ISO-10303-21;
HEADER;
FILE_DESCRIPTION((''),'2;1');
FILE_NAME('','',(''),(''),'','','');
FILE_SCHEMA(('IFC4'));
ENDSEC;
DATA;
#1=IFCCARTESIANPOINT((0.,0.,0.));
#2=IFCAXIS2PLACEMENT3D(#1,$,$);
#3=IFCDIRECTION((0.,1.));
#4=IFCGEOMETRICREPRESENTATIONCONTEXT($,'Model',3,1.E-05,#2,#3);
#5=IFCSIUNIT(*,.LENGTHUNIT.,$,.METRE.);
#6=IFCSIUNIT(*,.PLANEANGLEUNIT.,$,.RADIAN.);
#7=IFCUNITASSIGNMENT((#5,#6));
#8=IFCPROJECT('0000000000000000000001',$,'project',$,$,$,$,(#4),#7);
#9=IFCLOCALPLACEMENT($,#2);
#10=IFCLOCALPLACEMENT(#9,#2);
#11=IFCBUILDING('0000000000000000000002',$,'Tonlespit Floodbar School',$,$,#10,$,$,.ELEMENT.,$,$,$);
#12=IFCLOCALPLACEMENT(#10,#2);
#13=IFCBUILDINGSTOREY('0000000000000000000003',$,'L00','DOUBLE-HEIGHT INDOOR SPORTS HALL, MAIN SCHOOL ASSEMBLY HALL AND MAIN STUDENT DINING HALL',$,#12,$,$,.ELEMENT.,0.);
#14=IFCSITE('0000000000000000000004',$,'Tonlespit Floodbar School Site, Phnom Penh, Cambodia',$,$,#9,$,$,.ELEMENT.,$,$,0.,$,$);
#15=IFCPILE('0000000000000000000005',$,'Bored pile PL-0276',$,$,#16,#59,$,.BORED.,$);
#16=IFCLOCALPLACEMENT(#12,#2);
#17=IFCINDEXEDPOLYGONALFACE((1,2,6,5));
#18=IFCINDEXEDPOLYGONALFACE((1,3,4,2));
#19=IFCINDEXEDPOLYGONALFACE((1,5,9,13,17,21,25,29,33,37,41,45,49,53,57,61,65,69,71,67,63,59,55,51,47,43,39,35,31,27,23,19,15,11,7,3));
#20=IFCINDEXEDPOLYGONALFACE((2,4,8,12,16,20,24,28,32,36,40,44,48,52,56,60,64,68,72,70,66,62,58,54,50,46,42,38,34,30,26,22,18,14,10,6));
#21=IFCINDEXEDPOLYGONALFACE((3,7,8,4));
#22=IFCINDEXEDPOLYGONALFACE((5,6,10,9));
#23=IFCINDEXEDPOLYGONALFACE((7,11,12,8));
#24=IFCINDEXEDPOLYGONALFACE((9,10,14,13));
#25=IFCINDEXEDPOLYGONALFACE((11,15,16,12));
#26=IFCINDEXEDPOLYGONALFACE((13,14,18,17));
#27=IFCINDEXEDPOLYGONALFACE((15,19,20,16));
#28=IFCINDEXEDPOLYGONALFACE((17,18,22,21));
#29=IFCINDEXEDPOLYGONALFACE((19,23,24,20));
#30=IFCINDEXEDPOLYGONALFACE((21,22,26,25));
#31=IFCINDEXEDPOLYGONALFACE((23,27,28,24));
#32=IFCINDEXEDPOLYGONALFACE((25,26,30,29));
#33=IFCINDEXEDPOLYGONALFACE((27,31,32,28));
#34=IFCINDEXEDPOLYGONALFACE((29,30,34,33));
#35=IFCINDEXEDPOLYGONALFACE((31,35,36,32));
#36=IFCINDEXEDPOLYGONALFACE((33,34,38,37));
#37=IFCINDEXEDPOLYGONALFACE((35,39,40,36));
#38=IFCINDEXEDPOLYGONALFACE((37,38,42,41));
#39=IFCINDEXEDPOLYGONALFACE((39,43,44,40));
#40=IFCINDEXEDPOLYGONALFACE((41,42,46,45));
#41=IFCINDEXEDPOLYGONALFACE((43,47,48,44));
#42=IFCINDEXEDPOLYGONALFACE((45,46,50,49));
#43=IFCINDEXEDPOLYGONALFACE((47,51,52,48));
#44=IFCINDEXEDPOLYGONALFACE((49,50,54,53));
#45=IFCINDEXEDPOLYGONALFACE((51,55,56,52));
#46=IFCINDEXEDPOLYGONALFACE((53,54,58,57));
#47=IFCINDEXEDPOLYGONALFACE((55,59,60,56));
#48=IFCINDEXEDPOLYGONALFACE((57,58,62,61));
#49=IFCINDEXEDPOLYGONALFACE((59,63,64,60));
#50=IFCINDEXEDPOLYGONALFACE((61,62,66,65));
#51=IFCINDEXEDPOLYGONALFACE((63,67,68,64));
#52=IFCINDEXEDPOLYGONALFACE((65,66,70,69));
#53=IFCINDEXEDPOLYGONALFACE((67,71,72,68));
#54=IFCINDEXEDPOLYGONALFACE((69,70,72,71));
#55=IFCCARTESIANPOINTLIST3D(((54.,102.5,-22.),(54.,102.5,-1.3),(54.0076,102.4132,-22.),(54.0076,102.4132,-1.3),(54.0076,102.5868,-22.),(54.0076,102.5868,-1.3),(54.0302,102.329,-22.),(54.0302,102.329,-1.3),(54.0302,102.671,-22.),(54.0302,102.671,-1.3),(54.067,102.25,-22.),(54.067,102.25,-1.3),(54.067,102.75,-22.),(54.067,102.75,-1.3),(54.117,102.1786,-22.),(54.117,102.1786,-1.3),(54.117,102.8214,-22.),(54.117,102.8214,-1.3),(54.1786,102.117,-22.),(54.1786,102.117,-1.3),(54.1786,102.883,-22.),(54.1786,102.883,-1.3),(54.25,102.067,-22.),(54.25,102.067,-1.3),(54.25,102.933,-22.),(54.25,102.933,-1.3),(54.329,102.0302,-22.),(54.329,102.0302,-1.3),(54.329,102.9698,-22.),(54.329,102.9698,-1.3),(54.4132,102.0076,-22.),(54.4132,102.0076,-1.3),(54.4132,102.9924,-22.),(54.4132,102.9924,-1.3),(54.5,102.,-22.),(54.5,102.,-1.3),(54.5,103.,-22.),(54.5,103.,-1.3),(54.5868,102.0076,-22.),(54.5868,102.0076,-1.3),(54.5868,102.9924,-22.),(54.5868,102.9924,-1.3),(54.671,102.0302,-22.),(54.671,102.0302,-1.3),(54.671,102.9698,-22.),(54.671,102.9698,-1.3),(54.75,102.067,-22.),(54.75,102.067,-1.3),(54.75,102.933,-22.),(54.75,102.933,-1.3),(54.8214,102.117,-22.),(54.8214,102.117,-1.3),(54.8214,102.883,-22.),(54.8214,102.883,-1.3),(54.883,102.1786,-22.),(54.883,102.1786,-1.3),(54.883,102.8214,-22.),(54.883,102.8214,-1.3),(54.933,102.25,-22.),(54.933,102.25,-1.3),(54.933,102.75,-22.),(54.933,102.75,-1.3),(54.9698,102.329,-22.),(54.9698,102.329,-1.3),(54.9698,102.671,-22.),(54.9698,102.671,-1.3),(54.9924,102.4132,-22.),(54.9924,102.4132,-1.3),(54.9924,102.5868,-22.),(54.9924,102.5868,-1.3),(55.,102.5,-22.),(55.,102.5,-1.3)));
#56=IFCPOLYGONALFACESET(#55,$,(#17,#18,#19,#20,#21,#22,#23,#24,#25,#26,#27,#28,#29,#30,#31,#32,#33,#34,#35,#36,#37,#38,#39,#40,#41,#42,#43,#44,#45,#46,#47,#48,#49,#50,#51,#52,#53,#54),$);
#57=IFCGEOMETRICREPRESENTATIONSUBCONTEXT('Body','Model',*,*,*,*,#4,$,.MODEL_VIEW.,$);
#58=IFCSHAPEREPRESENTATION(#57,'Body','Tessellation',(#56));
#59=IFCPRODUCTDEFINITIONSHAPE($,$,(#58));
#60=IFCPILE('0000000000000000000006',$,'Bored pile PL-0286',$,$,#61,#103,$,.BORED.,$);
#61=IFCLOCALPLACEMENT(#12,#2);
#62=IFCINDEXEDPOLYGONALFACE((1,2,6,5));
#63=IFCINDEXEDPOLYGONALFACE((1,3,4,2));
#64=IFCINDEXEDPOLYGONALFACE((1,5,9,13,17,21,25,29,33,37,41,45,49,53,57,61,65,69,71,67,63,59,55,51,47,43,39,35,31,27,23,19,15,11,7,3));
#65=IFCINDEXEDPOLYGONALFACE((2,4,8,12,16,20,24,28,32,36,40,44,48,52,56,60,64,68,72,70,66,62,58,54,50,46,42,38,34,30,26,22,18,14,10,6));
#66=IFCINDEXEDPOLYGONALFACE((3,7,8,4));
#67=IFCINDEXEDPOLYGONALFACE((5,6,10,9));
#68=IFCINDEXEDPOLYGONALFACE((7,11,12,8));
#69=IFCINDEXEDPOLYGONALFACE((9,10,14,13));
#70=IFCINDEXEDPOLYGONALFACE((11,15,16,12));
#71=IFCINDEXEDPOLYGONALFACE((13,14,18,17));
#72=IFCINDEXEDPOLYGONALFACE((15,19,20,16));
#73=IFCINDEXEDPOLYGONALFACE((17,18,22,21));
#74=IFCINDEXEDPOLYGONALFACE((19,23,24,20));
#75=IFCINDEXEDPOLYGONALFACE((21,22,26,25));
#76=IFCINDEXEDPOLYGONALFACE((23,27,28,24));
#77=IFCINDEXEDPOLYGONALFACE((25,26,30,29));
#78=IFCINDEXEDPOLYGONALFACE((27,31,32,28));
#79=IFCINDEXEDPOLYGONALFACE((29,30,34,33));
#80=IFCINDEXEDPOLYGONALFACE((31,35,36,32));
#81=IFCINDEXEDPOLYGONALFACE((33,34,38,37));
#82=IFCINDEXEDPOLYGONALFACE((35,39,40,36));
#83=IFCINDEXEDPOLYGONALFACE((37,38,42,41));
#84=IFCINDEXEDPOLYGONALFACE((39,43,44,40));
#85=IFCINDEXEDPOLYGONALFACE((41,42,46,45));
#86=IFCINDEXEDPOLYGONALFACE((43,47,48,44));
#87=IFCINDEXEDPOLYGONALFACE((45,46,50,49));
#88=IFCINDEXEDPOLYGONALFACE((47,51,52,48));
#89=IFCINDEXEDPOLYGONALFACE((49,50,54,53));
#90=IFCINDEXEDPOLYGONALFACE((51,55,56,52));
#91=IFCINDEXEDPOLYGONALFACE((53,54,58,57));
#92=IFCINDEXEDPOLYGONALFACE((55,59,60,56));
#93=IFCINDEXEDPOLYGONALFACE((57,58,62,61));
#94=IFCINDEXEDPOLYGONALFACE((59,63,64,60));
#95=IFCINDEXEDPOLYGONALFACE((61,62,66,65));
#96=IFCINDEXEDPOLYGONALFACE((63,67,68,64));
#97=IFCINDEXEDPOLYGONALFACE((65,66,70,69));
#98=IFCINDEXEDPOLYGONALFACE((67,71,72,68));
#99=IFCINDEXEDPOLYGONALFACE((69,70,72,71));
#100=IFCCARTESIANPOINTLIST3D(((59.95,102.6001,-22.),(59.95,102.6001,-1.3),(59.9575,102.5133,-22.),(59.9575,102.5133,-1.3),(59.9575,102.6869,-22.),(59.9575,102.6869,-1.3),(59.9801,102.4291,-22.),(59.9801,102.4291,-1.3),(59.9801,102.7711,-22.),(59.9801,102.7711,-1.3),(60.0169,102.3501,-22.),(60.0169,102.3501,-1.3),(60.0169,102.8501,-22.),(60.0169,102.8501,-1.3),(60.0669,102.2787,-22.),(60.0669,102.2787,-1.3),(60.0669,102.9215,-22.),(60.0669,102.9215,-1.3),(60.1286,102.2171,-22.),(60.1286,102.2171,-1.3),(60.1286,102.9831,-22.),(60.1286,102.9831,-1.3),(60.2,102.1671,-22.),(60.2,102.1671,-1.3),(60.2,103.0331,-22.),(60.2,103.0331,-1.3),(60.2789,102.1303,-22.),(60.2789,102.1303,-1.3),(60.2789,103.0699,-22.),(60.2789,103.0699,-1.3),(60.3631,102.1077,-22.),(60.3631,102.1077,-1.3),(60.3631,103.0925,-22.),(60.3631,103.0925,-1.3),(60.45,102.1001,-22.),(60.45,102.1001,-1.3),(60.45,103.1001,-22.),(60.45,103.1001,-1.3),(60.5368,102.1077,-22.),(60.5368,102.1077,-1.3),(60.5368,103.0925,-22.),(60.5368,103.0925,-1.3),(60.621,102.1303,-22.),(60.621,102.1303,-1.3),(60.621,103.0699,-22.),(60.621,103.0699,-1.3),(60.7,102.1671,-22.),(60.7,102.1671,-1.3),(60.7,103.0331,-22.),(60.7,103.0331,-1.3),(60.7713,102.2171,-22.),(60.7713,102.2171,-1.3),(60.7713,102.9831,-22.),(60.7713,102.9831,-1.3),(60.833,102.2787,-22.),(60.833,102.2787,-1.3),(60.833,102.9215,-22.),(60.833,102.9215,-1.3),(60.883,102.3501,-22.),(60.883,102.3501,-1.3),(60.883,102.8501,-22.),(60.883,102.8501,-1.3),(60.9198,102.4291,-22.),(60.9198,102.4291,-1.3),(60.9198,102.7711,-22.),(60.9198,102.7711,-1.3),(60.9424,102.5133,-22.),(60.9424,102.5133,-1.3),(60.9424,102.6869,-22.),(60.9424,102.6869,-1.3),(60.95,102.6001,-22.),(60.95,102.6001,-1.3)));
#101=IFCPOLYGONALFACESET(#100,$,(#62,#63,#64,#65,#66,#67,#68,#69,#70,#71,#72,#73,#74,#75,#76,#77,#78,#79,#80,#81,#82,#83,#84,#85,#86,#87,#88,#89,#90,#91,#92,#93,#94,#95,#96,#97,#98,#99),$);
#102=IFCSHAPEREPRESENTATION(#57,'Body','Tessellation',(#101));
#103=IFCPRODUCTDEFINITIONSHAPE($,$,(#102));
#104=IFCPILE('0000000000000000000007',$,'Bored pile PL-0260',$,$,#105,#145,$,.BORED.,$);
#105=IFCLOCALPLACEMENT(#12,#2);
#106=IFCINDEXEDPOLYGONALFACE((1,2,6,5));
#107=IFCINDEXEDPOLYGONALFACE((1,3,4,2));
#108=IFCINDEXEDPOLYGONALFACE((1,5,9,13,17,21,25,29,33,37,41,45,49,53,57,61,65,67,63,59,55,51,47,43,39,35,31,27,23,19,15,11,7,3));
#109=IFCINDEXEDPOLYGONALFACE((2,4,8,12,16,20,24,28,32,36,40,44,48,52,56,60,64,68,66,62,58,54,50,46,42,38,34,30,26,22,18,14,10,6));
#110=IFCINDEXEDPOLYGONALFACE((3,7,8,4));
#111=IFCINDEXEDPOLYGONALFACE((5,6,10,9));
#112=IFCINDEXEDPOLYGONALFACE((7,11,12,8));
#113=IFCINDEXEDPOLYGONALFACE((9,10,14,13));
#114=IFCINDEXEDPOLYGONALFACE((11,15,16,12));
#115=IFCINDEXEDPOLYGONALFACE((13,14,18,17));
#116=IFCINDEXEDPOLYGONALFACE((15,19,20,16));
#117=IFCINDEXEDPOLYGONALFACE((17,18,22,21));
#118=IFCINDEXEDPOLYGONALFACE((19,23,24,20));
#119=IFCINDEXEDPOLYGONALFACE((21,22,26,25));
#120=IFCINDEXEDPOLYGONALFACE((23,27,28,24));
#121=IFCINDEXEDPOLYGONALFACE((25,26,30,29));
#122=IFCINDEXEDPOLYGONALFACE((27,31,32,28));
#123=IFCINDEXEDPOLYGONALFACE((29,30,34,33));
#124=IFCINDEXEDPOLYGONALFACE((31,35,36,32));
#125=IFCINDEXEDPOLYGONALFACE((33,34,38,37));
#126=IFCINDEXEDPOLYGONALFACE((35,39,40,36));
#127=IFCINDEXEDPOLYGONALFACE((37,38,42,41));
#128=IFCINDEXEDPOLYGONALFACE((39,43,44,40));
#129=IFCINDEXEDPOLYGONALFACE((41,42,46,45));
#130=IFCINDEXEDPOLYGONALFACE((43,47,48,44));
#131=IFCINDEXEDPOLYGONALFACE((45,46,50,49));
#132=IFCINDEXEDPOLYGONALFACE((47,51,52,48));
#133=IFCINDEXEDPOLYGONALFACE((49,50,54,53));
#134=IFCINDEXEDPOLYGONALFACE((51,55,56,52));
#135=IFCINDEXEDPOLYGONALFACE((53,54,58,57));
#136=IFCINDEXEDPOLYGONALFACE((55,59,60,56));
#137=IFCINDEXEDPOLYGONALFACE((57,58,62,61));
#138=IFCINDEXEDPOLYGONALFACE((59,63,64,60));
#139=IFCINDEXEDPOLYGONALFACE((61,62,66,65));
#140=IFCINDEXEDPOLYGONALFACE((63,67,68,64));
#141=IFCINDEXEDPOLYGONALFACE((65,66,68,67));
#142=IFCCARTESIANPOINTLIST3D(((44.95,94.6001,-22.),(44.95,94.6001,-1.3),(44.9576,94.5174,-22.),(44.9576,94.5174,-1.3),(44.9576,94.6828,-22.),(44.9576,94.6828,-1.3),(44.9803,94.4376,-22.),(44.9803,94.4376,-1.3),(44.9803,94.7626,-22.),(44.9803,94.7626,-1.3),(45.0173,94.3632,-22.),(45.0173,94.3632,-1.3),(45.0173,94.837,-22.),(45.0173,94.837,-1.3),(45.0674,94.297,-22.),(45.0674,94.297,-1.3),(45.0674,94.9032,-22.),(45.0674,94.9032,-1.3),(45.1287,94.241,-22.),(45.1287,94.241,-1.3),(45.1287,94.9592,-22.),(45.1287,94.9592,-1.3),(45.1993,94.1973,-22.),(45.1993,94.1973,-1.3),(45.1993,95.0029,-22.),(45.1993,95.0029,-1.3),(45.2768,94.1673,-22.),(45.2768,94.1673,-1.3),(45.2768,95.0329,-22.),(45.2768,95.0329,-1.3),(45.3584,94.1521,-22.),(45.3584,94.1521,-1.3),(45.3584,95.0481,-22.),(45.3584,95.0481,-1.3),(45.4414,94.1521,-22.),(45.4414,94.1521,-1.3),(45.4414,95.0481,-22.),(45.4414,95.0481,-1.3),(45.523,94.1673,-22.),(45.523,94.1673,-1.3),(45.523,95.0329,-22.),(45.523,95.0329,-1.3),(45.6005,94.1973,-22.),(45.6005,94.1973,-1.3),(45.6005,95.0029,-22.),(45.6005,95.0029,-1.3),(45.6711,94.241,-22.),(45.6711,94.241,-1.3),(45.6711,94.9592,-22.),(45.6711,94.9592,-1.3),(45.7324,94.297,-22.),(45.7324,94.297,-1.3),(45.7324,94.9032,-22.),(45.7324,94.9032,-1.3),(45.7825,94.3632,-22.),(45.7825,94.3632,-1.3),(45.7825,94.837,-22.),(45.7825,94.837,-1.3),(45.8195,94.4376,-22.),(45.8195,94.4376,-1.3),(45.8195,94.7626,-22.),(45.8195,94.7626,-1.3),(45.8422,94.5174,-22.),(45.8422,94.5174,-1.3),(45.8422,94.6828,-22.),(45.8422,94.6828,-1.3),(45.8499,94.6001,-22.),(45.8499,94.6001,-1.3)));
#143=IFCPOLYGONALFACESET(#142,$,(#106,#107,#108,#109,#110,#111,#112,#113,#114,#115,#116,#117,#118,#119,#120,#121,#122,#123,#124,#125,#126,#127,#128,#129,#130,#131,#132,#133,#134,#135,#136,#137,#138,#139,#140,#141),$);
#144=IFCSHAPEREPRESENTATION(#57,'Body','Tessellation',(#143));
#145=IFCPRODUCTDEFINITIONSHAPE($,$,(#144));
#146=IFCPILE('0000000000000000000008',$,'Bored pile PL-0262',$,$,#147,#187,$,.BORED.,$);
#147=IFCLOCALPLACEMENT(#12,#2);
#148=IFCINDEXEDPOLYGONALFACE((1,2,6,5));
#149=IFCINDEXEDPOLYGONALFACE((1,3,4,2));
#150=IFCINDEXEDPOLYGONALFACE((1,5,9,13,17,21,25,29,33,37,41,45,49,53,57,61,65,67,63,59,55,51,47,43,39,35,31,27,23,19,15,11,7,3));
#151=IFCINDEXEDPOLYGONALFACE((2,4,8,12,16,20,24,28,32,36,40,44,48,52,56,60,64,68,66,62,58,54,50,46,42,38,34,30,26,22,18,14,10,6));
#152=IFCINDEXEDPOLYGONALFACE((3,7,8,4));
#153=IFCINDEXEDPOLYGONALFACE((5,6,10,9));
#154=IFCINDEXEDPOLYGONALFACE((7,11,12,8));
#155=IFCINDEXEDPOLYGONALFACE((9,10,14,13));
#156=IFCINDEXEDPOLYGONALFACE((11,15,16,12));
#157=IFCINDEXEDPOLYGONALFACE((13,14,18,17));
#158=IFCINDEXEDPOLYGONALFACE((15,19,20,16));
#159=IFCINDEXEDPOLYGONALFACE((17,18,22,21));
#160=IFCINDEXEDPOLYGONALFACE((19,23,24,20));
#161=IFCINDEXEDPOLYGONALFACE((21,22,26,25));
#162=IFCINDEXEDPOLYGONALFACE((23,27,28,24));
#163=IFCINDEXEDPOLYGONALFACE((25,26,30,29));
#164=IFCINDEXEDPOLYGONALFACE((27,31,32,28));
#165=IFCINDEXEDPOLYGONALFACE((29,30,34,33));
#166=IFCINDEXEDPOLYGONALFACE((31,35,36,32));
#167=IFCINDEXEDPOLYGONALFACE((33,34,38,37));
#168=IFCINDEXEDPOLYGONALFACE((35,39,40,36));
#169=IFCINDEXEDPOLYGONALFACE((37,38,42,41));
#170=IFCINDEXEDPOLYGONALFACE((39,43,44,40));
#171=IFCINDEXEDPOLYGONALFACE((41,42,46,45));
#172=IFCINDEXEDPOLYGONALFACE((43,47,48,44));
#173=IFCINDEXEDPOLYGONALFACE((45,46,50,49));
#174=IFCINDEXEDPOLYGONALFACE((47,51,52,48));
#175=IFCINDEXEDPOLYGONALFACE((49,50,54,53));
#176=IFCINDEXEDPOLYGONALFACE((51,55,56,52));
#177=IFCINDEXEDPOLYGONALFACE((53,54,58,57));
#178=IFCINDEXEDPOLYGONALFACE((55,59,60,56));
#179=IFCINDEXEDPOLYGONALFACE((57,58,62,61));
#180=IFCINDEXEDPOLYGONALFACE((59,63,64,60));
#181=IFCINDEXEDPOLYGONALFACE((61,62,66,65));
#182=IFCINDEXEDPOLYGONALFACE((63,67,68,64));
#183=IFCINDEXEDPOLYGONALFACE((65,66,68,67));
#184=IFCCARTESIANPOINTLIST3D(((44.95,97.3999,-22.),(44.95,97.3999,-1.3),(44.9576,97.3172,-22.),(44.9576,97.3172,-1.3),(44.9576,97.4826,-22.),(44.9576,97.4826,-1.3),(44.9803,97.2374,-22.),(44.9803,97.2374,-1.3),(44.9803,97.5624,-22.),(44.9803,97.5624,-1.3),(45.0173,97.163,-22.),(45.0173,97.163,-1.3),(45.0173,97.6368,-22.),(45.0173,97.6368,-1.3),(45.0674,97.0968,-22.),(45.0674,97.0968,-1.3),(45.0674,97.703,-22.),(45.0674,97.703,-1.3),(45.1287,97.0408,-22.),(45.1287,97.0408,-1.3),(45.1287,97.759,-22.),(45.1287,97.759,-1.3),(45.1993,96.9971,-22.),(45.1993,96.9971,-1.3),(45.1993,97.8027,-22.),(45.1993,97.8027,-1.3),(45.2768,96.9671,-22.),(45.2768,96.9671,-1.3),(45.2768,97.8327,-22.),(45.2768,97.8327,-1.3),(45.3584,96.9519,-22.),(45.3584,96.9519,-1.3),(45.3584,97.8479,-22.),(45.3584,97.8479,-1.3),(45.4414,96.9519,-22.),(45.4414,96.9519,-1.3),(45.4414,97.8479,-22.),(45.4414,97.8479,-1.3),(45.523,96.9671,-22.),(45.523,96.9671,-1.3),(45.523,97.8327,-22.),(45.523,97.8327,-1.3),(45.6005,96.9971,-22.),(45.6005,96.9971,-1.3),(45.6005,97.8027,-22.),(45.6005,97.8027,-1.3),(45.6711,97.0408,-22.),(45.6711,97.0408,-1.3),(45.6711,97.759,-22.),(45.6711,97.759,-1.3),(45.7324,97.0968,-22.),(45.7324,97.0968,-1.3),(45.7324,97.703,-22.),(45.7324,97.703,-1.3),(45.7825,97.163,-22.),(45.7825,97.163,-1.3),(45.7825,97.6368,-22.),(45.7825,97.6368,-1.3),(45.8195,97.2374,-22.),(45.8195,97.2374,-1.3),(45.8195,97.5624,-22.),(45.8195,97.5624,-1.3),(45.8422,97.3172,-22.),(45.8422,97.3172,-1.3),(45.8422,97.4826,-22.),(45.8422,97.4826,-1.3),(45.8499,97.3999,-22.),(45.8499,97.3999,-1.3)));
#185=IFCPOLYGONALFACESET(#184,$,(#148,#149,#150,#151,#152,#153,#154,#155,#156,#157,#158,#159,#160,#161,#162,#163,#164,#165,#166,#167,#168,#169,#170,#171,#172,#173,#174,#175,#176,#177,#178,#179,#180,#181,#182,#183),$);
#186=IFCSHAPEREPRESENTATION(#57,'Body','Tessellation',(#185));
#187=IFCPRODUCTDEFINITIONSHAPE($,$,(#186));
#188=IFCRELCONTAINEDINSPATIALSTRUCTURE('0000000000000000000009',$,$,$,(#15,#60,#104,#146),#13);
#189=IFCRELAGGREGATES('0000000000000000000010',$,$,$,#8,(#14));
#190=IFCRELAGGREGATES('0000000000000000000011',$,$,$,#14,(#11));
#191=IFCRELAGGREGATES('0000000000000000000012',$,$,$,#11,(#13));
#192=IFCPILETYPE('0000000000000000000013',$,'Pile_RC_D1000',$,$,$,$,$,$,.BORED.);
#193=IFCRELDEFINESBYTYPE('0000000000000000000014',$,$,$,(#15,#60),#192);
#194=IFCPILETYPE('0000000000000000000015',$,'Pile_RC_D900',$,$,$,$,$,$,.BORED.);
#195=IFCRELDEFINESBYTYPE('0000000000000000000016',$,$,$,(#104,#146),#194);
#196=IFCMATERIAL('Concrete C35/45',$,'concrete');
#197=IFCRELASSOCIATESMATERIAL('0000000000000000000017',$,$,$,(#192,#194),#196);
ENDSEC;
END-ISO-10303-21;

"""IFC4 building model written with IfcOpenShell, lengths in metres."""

from ifc_helpers import new_model, si_unit, direction, frame, origin, origin_2d, place, context, subcontext, project, spatial, circle, extrude, material, material_profile, profile_set, type_object, element, save


model = new_model("IFC4")

# Units and contexts
model_context = context("Model", 3, precision=1e-05, world=origin(), true_north=direction((0.0, 1.0)))
body_context = subcontext(model_context, "Body", "Model", "MODEL_VIEW")
ifc_project = project(units=[si_unit("LENGTHUNIT", "METRE"), si_unit("PLANEANGLEUNIT", "RADIAN")], contexts=[model_context])

# Site, building, storey
site_placement = place(None, origin())
site = spatial("IfcSite", under=ifc_project, at=site_placement, Name="Tonlespit Floodbar School Site, Phnom Penh, Cambodia", CompositionType="ELEMENT", RefElevation=0.0)
building_placement = place(site_placement, origin())
building = spatial("IfcBuilding", under=site, at=building_placement, Name="Tonlespit Floodbar School", CompositionType="ELEMENT")
storey_placement = place(building_placement, origin())
storey = spatial("IfcBuildingStorey", under=building, at=storey_placement, Name="L00", Description="DOUBLE-HEIGHT INDOOR SPORTS HALL, MAIN SCHOOL ASSEMBLY HALL AND MAIN STUDENT DINING HALL", CompositionType="ELEMENT", Elevation=0.0)

# Piles
ifc_material_1 = material(Name="Concrete C35/45", Category="concrete")
ifc_material_profile_1 = material_profile(ifc_material_1, circle(Radius=0.5, at=origin_2d()), Name="BP D1000")
ifc_profile_set_1 = profile_set([ifc_material_profile_1], Name="Concrete C35/45")
pile_type_1 = type_object("IfcPileType", Name="Pile_RC_D1000", PredefinedType="BORED", material=ifc_profile_set_1)
for number, where, z_axis, x_axis, name in (
    (1, (54.5, 102.5, -1.3), (0.0, 0.0, -1.0), (1.0, 0.0, 0.0), "Bored pile PL-0276"),
    (2, (60.45, 102.6001, -1.3), (0.0, 0.0, -1.0), (1.0, 0.0, 0.0), "Bored pile PL-0286"),
):
    element("IfcPile", number, at=place(storey_placement, frame(where, z_axis=z_axis, x_axis=x_axis)), inside=storey, type_object=pile_type_1, Name=name, PredefinedType="BORED", context=body_context, shape_type="SweptSolid", body=[
        extrude(circle(Radius=0.5, at=origin_2d()), origin(), (0.0, 0.0, 1.0), 20.7),
    ])
ifc_material_profile_2 = material_profile(ifc_material_1, circle(Radius=0.45, at=origin_2d()), Name="BP D900")
ifc_profile_set_2 = profile_set([ifc_material_profile_2], Name="Concrete C35/45")
pile_type_2 = type_object("IfcPileType", Name="Pile_RC_D900", PredefinedType="BORED", material=ifc_profile_set_2)
for number, where, z_axis, x_axis, name in (
    (3, (45.3999, 94.6001, -1.3), (0.0, 0.0, -1.0), (1.0, 0.0, 0.0), "Bored pile PL-0260"),
    (4, (45.3999, 97.3999, -1.3), (0.0, 0.0, -1.0), (1.0, 0.0, 0.0), "Bored pile PL-0262"),
):
    element("IfcPile", number, at=place(storey_placement, frame(where, z_axis=z_axis, x_axis=x_axis)), inside=storey, type_object=pile_type_2, Name=name, PredefinedType="BORED", context=body_context, shape_type="SweptSolid", body=[
        extrude(circle(Radius=0.45, at=origin_2d()), origin(), (0.0, 0.0, 1.0), 20.7),
    ])

save(model, "model.ifc")
